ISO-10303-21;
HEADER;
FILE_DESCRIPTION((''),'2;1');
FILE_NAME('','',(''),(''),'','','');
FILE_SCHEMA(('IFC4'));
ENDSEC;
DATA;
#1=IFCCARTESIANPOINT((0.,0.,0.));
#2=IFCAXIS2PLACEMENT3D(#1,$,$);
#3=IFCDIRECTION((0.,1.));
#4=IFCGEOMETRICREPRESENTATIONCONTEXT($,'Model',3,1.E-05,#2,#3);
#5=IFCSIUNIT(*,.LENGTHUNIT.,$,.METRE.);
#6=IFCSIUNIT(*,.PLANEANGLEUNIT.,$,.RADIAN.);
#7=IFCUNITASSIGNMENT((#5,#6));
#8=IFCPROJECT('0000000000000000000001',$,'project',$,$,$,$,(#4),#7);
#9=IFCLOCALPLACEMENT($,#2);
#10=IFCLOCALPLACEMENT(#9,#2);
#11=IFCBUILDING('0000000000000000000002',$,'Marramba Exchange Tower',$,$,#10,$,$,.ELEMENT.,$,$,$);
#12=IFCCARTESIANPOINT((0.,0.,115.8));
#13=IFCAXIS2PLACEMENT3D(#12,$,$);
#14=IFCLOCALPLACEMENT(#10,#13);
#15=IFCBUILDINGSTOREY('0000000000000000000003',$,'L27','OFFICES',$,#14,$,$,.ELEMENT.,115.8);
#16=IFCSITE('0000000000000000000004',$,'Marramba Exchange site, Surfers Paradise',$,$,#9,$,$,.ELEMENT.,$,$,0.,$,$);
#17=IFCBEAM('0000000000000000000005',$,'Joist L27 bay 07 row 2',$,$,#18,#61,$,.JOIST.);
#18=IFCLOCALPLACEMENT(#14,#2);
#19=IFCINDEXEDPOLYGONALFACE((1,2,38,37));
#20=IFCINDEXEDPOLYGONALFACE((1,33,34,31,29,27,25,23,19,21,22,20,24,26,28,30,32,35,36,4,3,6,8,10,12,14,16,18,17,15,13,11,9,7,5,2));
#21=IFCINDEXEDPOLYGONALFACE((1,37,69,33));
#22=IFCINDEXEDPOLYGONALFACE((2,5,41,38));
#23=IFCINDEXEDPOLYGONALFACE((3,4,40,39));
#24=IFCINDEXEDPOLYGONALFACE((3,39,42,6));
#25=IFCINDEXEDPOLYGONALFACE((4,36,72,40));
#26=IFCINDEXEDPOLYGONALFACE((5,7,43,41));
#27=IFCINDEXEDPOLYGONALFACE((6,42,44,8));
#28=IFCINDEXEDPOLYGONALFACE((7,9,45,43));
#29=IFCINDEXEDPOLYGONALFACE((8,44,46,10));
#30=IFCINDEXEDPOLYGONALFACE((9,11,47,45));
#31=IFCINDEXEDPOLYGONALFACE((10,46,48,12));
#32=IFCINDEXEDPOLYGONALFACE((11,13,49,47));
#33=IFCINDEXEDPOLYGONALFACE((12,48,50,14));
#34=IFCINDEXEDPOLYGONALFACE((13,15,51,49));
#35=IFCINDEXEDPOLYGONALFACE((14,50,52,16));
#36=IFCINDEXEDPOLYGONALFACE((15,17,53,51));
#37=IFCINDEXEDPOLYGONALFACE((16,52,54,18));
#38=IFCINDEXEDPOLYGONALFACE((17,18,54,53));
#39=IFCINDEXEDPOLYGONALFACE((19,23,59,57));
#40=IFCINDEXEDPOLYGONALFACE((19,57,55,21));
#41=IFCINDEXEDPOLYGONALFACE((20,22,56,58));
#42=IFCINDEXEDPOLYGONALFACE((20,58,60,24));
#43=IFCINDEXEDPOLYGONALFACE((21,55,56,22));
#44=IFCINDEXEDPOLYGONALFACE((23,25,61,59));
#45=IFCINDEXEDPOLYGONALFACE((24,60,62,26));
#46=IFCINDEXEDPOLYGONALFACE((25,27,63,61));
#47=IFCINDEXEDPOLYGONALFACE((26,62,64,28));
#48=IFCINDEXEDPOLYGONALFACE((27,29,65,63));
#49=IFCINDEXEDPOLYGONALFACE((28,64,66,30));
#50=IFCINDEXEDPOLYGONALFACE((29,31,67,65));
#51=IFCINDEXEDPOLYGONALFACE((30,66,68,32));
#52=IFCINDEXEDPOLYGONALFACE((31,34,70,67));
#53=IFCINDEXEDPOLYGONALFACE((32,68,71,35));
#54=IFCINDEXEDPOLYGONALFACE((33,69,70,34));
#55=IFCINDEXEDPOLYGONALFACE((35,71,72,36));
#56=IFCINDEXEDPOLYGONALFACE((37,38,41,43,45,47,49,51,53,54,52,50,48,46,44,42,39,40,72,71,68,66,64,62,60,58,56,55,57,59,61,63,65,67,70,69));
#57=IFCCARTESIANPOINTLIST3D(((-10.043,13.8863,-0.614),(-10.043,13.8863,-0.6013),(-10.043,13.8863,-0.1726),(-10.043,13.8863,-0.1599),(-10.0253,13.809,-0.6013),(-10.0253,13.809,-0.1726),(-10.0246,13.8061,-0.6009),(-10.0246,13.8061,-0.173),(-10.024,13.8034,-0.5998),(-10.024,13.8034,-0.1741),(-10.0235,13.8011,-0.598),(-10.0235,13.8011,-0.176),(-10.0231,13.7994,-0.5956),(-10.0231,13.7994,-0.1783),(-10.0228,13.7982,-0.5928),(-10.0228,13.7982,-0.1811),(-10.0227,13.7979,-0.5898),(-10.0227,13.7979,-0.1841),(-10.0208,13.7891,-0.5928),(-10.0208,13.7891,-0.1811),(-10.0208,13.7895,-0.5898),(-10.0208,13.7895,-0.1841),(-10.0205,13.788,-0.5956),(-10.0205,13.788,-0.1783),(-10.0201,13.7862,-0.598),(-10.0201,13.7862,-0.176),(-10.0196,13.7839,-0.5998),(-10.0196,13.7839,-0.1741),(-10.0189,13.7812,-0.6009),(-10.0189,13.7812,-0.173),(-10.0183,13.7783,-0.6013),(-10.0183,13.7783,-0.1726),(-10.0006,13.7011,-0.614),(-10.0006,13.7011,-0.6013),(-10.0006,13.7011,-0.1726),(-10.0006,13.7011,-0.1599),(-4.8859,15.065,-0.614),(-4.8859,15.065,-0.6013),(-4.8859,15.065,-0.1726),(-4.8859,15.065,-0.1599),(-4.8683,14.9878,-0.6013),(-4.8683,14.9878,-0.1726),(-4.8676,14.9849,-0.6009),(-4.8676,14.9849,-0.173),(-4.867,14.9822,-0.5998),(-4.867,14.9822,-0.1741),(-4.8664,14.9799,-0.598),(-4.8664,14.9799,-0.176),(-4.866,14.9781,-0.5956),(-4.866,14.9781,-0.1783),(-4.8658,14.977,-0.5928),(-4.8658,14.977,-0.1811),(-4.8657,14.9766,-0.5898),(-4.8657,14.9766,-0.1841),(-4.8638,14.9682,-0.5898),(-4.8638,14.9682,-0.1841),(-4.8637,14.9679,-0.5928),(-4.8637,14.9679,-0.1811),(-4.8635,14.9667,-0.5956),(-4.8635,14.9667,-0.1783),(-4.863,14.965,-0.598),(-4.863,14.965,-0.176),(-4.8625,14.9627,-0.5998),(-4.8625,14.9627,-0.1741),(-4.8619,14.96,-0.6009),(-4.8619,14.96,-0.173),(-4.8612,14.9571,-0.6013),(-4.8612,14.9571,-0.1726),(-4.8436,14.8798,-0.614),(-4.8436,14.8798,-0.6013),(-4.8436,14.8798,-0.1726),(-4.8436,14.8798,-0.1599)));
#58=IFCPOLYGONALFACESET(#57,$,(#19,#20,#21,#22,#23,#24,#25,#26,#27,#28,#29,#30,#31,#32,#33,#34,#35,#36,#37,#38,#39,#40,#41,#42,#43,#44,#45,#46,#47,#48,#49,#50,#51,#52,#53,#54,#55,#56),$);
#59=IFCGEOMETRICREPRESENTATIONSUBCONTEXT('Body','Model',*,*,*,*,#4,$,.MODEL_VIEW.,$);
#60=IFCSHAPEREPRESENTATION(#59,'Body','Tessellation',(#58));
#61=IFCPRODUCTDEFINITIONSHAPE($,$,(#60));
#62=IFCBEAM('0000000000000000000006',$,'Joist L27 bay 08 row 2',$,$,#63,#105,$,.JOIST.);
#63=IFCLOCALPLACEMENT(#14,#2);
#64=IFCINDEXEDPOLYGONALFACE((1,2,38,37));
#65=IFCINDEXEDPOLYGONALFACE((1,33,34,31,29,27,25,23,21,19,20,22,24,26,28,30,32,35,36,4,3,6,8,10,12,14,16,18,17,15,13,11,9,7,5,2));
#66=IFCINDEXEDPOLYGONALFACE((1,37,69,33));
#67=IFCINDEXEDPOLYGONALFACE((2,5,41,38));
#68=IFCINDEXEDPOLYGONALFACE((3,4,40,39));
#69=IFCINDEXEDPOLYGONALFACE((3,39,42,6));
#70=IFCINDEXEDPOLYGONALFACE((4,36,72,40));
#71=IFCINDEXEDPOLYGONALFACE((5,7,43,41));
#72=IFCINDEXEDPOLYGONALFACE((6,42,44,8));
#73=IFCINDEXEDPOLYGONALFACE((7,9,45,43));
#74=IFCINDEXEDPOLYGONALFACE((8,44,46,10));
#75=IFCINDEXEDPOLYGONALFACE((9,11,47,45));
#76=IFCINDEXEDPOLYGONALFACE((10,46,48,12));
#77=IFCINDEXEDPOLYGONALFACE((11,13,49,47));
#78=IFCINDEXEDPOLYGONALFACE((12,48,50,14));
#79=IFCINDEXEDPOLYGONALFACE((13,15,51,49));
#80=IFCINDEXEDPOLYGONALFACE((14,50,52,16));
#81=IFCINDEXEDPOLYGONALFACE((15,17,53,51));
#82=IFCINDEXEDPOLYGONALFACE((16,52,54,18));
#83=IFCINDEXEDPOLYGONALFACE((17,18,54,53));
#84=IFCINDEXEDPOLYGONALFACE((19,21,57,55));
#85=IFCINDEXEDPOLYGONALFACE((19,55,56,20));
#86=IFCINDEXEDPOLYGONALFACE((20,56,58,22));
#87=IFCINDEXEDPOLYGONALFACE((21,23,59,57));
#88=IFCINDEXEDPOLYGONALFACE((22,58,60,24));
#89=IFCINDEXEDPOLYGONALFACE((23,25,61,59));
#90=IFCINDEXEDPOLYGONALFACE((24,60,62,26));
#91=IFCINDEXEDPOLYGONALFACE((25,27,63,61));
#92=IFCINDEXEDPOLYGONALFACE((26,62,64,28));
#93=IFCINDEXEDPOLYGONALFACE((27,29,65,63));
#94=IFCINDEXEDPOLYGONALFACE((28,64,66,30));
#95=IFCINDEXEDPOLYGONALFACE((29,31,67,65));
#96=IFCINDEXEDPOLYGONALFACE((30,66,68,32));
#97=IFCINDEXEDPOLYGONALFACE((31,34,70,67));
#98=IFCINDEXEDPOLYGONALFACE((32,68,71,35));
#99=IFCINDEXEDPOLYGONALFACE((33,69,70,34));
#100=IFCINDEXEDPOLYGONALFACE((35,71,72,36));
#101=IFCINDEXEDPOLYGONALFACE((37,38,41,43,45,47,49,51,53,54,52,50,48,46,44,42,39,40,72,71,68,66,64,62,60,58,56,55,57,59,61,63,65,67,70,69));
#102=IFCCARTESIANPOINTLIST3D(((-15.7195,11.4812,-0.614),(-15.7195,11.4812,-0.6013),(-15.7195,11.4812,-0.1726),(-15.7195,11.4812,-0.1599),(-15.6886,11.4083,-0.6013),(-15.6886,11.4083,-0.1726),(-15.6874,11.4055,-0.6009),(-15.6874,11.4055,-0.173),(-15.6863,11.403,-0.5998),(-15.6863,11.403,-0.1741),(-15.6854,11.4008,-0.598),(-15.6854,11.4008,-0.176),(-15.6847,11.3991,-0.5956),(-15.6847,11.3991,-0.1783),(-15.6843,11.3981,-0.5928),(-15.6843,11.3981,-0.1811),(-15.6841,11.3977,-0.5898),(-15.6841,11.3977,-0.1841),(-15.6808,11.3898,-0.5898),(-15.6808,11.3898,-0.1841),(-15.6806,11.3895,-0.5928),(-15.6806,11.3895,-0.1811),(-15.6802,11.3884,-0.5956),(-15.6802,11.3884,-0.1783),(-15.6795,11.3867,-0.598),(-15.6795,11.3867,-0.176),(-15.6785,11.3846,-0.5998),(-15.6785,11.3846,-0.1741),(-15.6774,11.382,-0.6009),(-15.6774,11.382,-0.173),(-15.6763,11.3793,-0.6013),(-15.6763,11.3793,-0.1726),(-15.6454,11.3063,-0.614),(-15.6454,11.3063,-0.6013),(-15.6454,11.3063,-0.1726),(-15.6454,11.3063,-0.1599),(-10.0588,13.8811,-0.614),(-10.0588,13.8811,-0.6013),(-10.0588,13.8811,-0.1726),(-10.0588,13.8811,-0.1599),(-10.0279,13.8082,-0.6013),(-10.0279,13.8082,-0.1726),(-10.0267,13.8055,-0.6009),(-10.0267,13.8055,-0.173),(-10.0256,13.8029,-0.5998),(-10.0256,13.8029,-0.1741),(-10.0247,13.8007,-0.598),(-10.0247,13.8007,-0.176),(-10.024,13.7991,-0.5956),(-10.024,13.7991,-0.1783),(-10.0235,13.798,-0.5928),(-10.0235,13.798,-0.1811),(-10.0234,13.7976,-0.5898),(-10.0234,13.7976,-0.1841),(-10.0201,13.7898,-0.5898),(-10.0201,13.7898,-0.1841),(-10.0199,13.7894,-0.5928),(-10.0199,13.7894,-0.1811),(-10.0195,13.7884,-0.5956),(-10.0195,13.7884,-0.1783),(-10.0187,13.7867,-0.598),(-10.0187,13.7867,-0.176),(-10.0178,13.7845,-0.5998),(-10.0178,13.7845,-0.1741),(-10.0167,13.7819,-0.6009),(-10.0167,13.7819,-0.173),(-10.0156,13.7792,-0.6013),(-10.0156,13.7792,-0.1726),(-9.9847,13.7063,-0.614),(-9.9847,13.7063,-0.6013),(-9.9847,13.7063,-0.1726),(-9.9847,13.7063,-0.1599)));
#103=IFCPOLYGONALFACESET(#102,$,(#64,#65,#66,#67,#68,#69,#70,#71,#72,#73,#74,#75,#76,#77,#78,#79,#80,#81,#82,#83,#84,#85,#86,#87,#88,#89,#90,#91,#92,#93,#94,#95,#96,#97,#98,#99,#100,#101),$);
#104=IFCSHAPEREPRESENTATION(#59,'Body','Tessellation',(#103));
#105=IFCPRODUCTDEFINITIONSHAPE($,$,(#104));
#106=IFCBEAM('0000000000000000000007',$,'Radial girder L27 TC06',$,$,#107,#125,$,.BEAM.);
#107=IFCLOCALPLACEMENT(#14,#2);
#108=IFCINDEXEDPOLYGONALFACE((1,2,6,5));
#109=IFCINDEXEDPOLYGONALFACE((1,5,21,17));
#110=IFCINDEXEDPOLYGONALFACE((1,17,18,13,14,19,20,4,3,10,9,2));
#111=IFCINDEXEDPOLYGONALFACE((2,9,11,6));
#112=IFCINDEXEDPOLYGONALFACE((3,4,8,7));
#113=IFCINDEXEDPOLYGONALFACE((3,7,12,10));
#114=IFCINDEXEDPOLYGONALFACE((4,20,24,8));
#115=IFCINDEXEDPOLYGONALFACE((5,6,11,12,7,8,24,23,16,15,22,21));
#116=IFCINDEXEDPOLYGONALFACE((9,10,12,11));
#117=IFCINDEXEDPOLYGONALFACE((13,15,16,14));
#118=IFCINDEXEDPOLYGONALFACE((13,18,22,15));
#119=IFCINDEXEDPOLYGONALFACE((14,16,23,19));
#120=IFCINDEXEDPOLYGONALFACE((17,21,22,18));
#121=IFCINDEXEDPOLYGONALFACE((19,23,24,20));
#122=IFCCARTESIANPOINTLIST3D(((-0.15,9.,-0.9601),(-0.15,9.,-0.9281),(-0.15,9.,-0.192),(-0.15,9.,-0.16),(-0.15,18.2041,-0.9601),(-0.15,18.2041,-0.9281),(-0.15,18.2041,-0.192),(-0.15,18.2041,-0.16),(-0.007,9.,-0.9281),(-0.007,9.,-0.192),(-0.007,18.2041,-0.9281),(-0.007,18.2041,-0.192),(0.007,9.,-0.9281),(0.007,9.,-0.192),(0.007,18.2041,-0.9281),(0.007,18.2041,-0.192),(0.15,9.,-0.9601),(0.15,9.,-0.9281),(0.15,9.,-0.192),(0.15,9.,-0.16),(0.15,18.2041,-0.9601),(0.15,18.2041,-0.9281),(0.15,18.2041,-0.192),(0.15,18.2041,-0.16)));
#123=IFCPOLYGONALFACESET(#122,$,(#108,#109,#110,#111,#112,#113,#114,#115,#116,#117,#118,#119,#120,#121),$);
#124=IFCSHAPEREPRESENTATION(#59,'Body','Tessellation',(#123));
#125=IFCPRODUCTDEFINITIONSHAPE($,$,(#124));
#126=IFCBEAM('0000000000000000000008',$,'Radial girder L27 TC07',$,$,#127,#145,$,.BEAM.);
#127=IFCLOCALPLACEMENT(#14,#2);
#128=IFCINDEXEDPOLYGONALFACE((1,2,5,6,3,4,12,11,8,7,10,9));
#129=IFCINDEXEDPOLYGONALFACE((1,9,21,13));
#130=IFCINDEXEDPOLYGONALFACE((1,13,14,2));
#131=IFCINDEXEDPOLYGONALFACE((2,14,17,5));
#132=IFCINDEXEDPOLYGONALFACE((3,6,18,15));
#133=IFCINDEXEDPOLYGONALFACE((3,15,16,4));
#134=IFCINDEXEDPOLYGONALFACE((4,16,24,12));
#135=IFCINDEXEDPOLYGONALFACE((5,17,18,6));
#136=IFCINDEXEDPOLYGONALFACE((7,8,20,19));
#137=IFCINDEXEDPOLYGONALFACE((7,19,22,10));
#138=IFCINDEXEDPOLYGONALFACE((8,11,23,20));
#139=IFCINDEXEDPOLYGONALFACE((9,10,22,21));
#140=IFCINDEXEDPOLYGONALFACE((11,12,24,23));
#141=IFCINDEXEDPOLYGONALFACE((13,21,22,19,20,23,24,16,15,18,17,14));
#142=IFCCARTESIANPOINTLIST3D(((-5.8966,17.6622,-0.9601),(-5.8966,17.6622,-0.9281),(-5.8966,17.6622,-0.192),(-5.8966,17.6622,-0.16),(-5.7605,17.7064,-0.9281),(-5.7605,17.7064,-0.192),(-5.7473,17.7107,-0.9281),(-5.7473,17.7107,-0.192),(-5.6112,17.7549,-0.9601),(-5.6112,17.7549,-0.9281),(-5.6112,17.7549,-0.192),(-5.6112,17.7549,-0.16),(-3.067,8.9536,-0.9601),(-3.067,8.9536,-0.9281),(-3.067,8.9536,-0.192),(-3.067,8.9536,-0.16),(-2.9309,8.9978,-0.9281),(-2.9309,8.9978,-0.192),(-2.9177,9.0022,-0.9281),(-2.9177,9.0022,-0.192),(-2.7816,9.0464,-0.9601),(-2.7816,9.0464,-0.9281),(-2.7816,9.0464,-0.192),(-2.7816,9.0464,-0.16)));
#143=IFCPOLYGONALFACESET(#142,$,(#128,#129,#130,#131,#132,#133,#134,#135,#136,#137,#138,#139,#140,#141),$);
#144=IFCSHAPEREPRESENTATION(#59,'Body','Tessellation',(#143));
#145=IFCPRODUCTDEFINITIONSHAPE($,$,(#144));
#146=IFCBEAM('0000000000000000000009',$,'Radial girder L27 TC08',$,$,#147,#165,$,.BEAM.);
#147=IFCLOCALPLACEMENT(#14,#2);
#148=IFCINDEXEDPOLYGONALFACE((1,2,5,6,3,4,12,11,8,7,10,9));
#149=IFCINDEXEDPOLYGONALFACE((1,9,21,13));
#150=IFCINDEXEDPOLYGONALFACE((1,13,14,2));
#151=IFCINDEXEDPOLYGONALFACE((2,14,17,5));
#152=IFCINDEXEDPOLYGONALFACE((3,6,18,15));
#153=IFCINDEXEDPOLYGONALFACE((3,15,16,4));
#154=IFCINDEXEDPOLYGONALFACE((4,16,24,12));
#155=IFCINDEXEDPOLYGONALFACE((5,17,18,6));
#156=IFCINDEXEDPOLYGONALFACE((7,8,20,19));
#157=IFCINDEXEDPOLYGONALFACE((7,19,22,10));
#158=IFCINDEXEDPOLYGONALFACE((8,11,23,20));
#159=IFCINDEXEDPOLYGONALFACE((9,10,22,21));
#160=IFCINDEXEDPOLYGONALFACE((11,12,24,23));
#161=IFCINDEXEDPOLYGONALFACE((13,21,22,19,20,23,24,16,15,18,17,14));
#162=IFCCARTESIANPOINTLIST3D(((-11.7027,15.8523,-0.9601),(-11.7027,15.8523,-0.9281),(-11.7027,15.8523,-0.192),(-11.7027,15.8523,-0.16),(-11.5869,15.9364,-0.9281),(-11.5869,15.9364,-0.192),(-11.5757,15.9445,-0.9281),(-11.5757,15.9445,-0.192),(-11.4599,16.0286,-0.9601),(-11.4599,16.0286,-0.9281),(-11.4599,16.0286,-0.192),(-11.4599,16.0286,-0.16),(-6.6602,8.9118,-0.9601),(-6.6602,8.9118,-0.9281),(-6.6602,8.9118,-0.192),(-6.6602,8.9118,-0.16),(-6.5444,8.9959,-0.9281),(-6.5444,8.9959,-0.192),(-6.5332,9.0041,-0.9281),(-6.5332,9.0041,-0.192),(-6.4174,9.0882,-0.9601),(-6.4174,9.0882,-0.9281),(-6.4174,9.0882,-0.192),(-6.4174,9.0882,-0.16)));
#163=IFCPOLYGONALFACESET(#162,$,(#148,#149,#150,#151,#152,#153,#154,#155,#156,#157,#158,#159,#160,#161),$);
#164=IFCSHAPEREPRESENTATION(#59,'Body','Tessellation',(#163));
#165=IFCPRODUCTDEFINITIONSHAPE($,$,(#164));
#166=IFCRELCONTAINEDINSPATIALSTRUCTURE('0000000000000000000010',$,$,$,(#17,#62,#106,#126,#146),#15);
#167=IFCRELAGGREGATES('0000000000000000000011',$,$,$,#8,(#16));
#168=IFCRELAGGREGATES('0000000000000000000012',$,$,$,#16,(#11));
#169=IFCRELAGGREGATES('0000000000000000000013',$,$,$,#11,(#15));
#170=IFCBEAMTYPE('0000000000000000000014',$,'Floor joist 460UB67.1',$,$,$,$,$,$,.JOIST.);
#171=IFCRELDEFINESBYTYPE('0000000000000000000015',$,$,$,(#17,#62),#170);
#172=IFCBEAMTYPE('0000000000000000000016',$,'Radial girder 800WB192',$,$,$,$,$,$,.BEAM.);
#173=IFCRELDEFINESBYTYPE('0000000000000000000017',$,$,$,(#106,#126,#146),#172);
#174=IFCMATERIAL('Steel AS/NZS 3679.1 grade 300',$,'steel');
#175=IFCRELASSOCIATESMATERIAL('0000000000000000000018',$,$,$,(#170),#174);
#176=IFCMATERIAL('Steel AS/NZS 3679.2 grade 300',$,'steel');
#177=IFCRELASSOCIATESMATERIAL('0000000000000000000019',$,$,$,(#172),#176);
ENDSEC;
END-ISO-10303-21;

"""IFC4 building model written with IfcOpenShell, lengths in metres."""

from ifc_helpers import new_model, si_unit, direction, frame, origin, origin_2d, place, context, subcontext, project, spatial, i_section, extrude, material, material_profile, profile_set, type_object, element, save


model = new_model("IFC4")

# Units and contexts
model_context = context("Model", 3, precision=1e-05, world=origin(), true_north=direction((0.0, 1.0)))
body_context = subcontext(model_context, "Body", "Model", "MODEL_VIEW")
ifc_project = project(units=[si_unit("LENGTHUNIT", "METRE"), si_unit("PLANEANGLEUNIT", "RADIAN")], contexts=[model_context])

# Site, building, storey
site_placement = place(None, origin())
site = spatial("IfcSite", under=ifc_project, at=site_placement, Name="Marramba Exchange site, Surfers Paradise", CompositionType="ELEMENT", RefElevation=0.0)
building_placement = place(site_placement, origin())
building = spatial("IfcBuilding", under=site, at=building_placement, Name="Marramba Exchange Tower", CompositionType="ELEMENT")
storey_placement = place(building_placement, frame((0.0, 0.0, 115.8)))
storey = spatial("IfcBuildingStorey", under=building, at=storey_placement, Name="L27", Description="OFFICES", CompositionType="ELEMENT", Elevation=115.8)

# Beams
ifc_material_1 = material(Name="Steel AS/NZS 3679.1 grade 300", Category="steel")
ifc_material_profile_1 = material_profile(ifc_material_1, i_section(OverallWidth=0.1899, OverallDepth=0.4541, WebThickness=0.0085, FlangeThickness=0.0127, FilletRadius=0.0115, at=origin_2d()), Name="460UB67.1")
ifc_profile_set_1 = profile_set([ifc_material_profile_1], Name="Steel AS/NZS 3679.1 grade 300")
beam_type_1 = type_object("IfcBeamType", Name="Floor joist 460UB67.1", PredefinedType="JOIST", material=ifc_profile_set_1)
beam_1_placement = place(storey_placement, frame((-4.8647, 14.9724, -0.387), z_axis=(-0.97486, -0.22282, 0.0), x_axis=(0.22282, -0.97486, 0.0)))
element("IfcBeam", 1, at=beam_1_placement, inside=storey, type_object=beam_type_1, Name="Joist L27 bay 07 row 2", PredefinedType="JOIST", context=body_context, shape_type="SweptSolid", body=[
    extrude(i_section(OverallWidth=0.1899, OverallDepth=0.4541, WebThickness=0.0085, FlangeThickness=0.0127, FilletRadius=0.0115, at=origin_2d()), origin(), (0.0, 0.0, 1.0), 5.29),
])
beam_2_placement = place(storey_placement, frame((-10.0217, 13.7937, -0.387), z_axis=(-0.920674, -0.390332, 0.0), x_axis=(0.390332, -0.920674, 0.0)))
element("IfcBeam", 2, at=beam_2_placement, inside=storey, type_object=beam_type_1, Name="Joist L27 bay 08 row 2", PredefinedType="JOIST", context=body_context, shape_type="SweptSolid", body=[
    extrude(i_section(OverallWidth=0.1899, OverallDepth=0.4541, WebThickness=0.0085, FlangeThickness=0.0127, FilletRadius=0.0115, at=origin_2d()), origin(), (0.0, 0.0, 1.0), 6.1484),
])
ifc_material_2 = material(Name="Steel AS/NZS 3679.2 grade 300", Category="steel")
ifc_material_profile_2 = material_profile(ifc_material_2, i_section(OverallWidth=0.3, OverallDepth=0.8, WebThickness=0.0139, FlangeThickness=0.032, at=origin_2d()), Name="800WB192")
ifc_profile_set_2 = profile_set([ifc_material_profile_2], Name="Steel AS/NZS 3679.2 grade 300")
beam_type_2 = type_object("IfcBeamType", Name="Radial girder 800WB192", PredefinedType="BEAM", material=ifc_profile_set_2)
beam_3_placement = place(storey_placement, frame((0.0, 9.0, -0.5601), z_axis=(0.0, 1.0, 0.0), x_axis=(-1.0, 0.0, 0.0)))
element("IfcBeam", 3, at=beam_3_placement, inside=storey, type_object=beam_type_2, Name="Radial girder L27 TC06", PredefinedType="BEAM", context=body_context, shape_type="SweptSolid", body=[
    extrude(i_section(OverallWidth=0.3, OverallDepth=0.8, WebThickness=0.0139, FlangeThickness=0.032, at=origin_2d()), origin(), (0.0, 0.0, 1.0), 9.2041),
])
beam_4_placement = place(storey_placement, frame((-2.9243, 9.0, -0.5601), z_axis=(-0.30902, 0.951056, 0.0), x_axis=(-0.951056, -0.30902, 0.0)))
element("IfcBeam", 4, at=beam_4_placement, inside=storey, type_object=beam_type_2, Name="Radial girder L27 TC07", PredefinedType="BEAM", context=body_context, shape_type="SweptSolid", body=[
    extrude(i_section(OverallWidth=0.3, OverallDepth=0.8, WebThickness=0.0139, FlangeThickness=0.032, at=origin_2d()), origin(), (0.0, 0.0, 1.0), 9.1567),
])
beam_5_placement = place(storey_placement, frame((-6.5388, 9.0, -0.5601), z_axis=(-0.587782, 0.809019, 0.0), x_axis=(-0.809019, -0.587782, 0.0)))
element("IfcBeam", 5, at=beam_5_placement, inside=storey, type_object=beam_type_2, Name="Radial girder L27 TC08", PredefinedType="BEAM", context=body_context, shape_type="SweptSolid", body=[
    extrude(i_section(OverallWidth=0.3, OverallDepth=0.8, WebThickness=0.0139, FlangeThickness=0.032, at=origin_2d()), origin(), (0.0, 0.0, 1.0), 8.5789),
])

save(model, "model.ifc")
